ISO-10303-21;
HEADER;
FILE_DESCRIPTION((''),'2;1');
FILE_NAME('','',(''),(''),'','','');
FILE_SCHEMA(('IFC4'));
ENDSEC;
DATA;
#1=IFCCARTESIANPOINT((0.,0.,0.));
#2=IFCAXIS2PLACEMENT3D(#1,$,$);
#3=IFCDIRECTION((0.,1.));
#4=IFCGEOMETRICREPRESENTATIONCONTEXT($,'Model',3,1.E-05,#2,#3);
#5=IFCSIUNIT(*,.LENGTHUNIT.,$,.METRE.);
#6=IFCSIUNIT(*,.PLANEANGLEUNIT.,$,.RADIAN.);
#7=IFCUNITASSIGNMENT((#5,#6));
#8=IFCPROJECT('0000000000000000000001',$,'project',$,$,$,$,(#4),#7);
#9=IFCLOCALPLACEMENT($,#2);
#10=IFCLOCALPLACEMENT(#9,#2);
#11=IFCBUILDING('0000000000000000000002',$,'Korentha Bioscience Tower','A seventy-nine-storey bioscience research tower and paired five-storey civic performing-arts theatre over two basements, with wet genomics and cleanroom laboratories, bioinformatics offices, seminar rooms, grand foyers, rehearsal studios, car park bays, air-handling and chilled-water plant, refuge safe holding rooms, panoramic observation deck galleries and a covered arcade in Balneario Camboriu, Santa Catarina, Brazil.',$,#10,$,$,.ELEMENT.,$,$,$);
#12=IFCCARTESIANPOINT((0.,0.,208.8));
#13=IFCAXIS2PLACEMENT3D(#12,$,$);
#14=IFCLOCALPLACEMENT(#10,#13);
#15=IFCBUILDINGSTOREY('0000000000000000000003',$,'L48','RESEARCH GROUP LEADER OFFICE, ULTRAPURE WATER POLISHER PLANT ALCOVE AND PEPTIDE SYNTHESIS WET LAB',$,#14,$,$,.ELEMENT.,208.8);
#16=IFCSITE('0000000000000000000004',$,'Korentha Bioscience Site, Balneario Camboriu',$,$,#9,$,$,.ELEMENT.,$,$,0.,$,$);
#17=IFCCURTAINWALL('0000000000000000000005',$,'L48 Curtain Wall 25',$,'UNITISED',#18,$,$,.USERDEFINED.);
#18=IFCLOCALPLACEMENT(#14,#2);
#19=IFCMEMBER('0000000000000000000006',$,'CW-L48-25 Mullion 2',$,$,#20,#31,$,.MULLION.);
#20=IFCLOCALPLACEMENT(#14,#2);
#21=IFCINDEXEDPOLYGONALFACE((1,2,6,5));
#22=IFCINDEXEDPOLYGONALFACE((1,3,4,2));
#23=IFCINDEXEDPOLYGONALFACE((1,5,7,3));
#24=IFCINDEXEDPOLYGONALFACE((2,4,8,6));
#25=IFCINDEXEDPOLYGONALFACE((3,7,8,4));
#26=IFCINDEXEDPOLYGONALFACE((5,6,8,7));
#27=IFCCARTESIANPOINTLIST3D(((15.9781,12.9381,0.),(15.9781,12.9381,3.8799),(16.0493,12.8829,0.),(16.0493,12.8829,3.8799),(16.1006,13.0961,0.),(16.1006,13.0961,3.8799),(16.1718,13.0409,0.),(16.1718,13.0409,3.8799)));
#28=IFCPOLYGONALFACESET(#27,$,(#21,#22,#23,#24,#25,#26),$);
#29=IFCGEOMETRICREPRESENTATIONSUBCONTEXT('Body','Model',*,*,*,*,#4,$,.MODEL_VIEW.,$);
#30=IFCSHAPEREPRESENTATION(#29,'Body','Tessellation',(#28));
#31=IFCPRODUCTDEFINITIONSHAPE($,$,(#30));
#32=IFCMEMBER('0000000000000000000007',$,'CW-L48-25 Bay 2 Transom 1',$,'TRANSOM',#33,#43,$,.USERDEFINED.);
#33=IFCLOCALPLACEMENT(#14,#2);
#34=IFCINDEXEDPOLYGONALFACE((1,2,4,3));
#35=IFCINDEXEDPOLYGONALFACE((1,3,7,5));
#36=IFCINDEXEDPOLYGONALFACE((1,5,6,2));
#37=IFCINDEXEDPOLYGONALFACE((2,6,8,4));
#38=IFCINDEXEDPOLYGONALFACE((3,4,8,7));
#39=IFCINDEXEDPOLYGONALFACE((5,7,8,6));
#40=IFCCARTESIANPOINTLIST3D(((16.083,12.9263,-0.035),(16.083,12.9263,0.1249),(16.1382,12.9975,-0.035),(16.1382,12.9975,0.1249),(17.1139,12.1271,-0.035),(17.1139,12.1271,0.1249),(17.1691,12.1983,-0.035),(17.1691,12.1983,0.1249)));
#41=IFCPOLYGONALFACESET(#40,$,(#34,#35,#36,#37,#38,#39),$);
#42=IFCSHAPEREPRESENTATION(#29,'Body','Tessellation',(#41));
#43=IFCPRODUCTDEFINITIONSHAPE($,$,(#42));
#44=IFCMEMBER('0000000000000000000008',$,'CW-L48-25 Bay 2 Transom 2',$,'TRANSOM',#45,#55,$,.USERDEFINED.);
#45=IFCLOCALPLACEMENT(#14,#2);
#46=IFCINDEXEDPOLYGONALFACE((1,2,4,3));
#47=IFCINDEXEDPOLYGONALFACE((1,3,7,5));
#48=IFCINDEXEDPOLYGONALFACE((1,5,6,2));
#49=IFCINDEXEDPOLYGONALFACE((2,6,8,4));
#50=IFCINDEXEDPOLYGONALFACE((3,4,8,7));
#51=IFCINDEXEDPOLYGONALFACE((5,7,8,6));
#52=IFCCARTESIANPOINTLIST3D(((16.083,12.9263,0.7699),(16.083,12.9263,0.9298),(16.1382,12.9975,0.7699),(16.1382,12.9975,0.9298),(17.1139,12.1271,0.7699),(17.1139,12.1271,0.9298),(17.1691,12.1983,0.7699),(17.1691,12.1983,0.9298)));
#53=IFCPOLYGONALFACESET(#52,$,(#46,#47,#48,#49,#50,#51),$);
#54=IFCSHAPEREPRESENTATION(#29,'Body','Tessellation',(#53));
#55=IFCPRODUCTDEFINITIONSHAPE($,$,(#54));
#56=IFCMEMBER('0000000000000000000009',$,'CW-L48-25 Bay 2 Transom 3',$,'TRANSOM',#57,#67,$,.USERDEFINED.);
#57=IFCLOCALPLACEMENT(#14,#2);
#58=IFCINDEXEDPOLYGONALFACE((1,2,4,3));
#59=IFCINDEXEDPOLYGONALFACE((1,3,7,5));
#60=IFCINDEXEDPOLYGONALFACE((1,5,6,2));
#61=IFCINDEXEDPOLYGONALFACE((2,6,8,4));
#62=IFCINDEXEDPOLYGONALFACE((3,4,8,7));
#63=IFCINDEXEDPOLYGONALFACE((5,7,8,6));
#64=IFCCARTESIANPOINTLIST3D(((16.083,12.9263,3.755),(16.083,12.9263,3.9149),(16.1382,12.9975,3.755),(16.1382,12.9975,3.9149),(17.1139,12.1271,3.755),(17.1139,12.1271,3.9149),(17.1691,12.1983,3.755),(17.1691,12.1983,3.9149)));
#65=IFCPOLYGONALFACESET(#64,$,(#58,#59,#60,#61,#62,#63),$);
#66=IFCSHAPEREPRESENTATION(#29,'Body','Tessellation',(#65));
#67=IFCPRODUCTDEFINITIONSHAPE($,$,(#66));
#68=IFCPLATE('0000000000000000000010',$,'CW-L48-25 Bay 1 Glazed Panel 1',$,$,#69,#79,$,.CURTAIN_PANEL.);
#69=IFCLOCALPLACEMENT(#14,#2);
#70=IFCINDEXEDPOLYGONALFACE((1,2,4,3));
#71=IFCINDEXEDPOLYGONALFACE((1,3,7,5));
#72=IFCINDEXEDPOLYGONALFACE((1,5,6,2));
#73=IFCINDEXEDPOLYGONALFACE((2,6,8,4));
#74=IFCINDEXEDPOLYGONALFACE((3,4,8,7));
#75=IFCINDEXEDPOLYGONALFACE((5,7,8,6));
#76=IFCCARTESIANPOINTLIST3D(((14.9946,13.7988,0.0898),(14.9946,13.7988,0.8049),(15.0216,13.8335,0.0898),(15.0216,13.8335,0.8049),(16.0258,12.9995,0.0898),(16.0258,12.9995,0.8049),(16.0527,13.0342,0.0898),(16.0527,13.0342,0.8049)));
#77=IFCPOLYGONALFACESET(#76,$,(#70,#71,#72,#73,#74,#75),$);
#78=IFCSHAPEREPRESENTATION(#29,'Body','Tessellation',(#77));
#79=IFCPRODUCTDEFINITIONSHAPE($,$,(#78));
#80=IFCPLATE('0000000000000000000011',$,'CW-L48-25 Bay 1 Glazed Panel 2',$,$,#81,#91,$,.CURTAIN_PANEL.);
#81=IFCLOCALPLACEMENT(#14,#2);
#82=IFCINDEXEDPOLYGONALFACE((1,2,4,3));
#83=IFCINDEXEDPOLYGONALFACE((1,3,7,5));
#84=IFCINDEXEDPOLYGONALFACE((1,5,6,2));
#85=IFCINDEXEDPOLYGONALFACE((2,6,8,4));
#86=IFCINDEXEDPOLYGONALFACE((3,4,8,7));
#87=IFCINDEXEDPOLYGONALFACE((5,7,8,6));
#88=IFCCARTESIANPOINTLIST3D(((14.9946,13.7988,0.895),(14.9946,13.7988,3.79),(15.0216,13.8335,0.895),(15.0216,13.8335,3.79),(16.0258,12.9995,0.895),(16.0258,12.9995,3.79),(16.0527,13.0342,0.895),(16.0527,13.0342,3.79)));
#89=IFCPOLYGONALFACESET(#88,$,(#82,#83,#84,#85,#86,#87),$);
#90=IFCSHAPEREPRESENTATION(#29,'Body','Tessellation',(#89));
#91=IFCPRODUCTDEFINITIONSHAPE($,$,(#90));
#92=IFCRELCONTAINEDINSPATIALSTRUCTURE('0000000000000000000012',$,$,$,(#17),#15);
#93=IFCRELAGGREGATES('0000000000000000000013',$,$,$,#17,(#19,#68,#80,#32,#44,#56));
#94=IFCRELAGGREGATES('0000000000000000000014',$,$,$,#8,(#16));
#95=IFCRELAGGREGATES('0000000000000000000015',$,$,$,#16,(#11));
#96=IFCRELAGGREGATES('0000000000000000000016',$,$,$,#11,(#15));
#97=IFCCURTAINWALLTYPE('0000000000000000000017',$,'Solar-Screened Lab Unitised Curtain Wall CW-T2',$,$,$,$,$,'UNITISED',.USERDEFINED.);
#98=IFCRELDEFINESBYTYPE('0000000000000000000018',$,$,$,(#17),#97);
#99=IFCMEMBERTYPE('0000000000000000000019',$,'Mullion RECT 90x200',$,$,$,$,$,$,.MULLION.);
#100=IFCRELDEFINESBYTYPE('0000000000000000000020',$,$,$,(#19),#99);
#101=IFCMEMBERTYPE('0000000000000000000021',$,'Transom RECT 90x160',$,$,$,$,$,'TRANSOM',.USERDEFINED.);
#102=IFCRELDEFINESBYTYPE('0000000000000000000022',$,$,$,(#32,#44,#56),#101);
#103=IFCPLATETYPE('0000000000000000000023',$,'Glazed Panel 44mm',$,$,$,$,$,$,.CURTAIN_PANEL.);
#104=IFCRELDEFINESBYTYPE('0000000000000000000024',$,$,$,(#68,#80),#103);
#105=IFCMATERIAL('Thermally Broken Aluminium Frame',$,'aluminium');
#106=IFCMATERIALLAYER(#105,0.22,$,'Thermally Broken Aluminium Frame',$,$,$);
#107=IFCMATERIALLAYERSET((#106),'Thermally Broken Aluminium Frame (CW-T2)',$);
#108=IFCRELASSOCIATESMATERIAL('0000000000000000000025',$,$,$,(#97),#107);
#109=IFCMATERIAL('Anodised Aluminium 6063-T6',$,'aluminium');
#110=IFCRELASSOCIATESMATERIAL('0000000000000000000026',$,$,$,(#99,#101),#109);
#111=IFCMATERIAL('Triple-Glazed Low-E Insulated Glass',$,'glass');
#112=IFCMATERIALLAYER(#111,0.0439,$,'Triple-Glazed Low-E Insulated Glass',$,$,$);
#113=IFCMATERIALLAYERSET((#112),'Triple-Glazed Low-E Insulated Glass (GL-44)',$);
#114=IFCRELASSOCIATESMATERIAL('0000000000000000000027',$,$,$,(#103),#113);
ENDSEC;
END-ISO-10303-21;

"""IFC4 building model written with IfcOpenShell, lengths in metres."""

from ifc_helpers import new_model, si_unit, direction, frame, origin, origin_2d, place, context, subcontext, project, spatial, rectangle, extrude, material, layer, layer_set, material_profile, profile_set, type_object, element, aggregate, save


model = new_model("IFC4")

# Units and contexts
model_context = context("Model", 3, precision=1e-05, world=origin(), true_north=direction((0.0, 1.0)))
body_context = subcontext(model_context, "Body", "Model", "MODEL_VIEW")
ifc_project = project(units=[si_unit("LENGTHUNIT", "METRE"), si_unit("PLANEANGLEUNIT", "RADIAN")], contexts=[model_context])

# Site, building, storey
site_placement = place(None, origin())
site = spatial("IfcSite", under=ifc_project, at=site_placement, Name="Korentha Bioscience Site, Balneario Camboriu", CompositionType="ELEMENT", RefElevation=0.0)
building_placement = place(site_placement, origin())
building = spatial("IfcBuilding", under=site, at=building_placement, Name="Korentha Bioscience Tower", Description="A seventy-nine-storey bioscience research tower and paired five-storey civic performing-arts theatre over two basements, with wet genomics and cleanroom laboratories, bioinformatics offices, seminar rooms, grand foyers, rehearsal studios, car park bays, air-handling and chilled-water plant, refuge safe holding rooms, panoramic observation deck galleries and a covered arcade in Balneario Camboriu, Santa Catarina, Brazil.", CompositionType="ELEMENT")
storey_placement = place(building_placement, frame((0.0, 0.0, 208.8)))
storey = spatial("IfcBuildingStorey", under=building, at=storey_placement, Name="L48", Description="RESEARCH GROUP LEADER OFFICE, ULTRAPURE WATER POLISHER PLANT ALCOVE AND PEPTIDE SYNTHESIS WET LAB", CompositionType="ELEMENT", Elevation=208.8)

# Curtain wall, members, plates
ifc_material_1 = material(Name="Thermally Broken Aluminium Frame", Category="aluminium")
ifc_layer_1 = layer(ifc_material_1, 0.22, Name="Thermally Broken Aluminium Frame")
ifc_layer_set_1 = layer_set([ifc_layer_1], Name="Thermally Broken Aluminium Frame (CW-T2)")
curtain_wall_type = type_object("IfcCurtainWallType", Name="Solar-Screened Lab Unitised Curtain Wall CW-T2", ElementType="UNITISED", PredefinedType="USERDEFINED", material=ifc_layer_set_1)
curtain_wall_placement = place(storey_placement, origin())
curtain_wall = element("IfcCurtainWall", 1, at=curtain_wall_placement, inside=storey, type_object=curtain_wall_type, Name="L48 Curtain Wall 25", ObjectType="UNITISED", PredefinedType="USERDEFINED")
ifc_material_2 = material(Name="Anodised Aluminium 6063-T6", Category="aluminium")
ifc_material_profile_1 = material_profile(ifc_material_2, rectangle(XDim=0.0901, YDim=0.2, at=origin_2d()), Name="Anodised Aluminium 6063-T6")
ifc_profile_set_1 = profile_set([ifc_material_profile_1], Name="Anodised Aluminium 6063-T6 (CW-MUL)")
member_type_1 = type_object("IfcMemberType", Name="Mullion RECT 90x200", PredefinedType="MULLION", material=ifc_profile_set_1)
member_1_placement = place(storey_placement, frame((16.075, 12.9895, 0.0), z_axis=(0.0, 0.0, 1.0), x_axis=(0.790346, -0.612661, 0.0)))
member_1 = element("IfcMember", 2, at=member_1_placement, type_object=member_type_1, Name="CW-L48-25 Mullion 2", PredefinedType="MULLION", context=body_context, shape_type="SweptSolid", body=[
    extrude(rectangle(XDim=0.0901, YDim=0.2, at=origin_2d()), origin(), (0.0, 0.0, 1.0), 3.8799),
])
ifc_material_profile_2 = material_profile(ifc_material_2, rectangle(XDim=0.0901, YDim=0.1599, at=origin_2d()), Name="Anodised Aluminium 6063-T6")
ifc_profile_set_2 = profile_set([ifc_material_profile_2], Name="Anodised Aluminium 6063-T6 (CW-TRN)")
member_type_2 = type_object("IfcMemberType", Name="Transom RECT 90x160", ElementType="TRANSOM", PredefinedType="USERDEFINED", material=ifc_profile_set_2)
member_2_placement = place(storey_placement, frame((16.1106, 12.9619, 0.0449), z_axis=(0.790309, -0.612709, 0.0), x_axis=(0.612709, 0.790309, 0.0)))
member_2 = element("IfcMember", 3, at=member_2_placement, type_object=member_type_2, Name="CW-L48-25 Bay 2 Transom 1", ObjectType="TRANSOM", PredefinedType="USERDEFINED", context=body_context, shape_type="SweptSolid", body=[
    extrude(rectangle(XDim=0.0901, YDim=0.1599, at=origin_2d()), origin(), (0.0, 0.0, 1.0), 1.3044),
])
member_3_placement = place(storey_placement, frame((16.1106, 12.9619, 0.8499), z_axis=(0.790309, -0.612709, 0.0), x_axis=(0.612709, 0.790309, 0.0)))
member_3 = element("IfcMember", 4, at=member_3_placement, type_object=member_type_2, Name="CW-L48-25 Bay 2 Transom 2", ObjectType="TRANSOM", PredefinedType="USERDEFINED", context=body_context, shape_type="SweptSolid", body=[
    extrude(rectangle(XDim=0.0901, YDim=0.1599, at=origin_2d()), origin(), (0.0, 0.0, 1.0), 1.3044),
])
member_4_placement = place(storey_placement, frame((16.1106, 12.9619, 3.835), z_axis=(0.790309, -0.612709, 0.0), x_axis=(0.612709, 0.790309, 0.0)))
member_4 = element("IfcMember", 5, at=member_4_placement, type_object=member_type_2, Name="CW-L48-25 Bay 2 Transom 3", ObjectType="TRANSOM", PredefinedType="USERDEFINED", context=body_context, shape_type="SweptSolid", body=[
    extrude(rectangle(XDim=0.0901, YDim=0.1599, at=origin_2d()), origin(), (0.0, 0.0, 1.0), 1.3044),
])
ifc_material_3 = material(Name="Triple-Glazed Low-E Insulated Glass", Category="glass")
ifc_layer_2 = layer(ifc_material_3, 0.0439, Name="Triple-Glazed Low-E Insulated Glass")
ifc_layer_set_2 = layer_set([ifc_layer_2], Name="Triple-Glazed Low-E Insulated Glass (GL-44)")
plate_type = type_object("IfcPlateType", Name="Glazed Panel 44mm", PredefinedType="CURTAIN_PANEL", material=ifc_layer_set_2)
plate_1_placement = place(storey_placement, frame((15.5237, 13.4165, 0.0898), z_axis=(0.0, 0.0, 1.0), x_axis=(0.790346, -0.612661, 0.0)))
plate_1 = element("IfcPlate", 6, at=plate_1_placement, type_object=plate_type, Name="CW-L48-25 Bay 1 Glazed Panel 1", PredefinedType="CURTAIN_PANEL", context=body_context, shape_type="SweptSolid", body=[
    extrude(rectangle(XDim=1.3047, YDim=0.0439, at=origin_2d()), origin(), (0.0, 0.0, 1.0), 0.7151),
])
plate_2_placement = place(storey_placement, frame((15.5237, 13.4165, 0.895), z_axis=(0.0, 0.0, 1.0), x_axis=(0.790346, -0.612661, 0.0)))
plate_2 = element("IfcPlate", 7, at=plate_2_placement, type_object=plate_type, Name="CW-L48-25 Bay 1 Glazed Panel 2", PredefinedType="CURTAIN_PANEL", context=body_context, shape_type="SweptSolid", body=[
    extrude(rectangle(XDim=1.3047, YDim=0.0439, at=origin_2d()), origin(), (0.0, 0.0, 1.0), 2.895),
])
aggregate(curtain_wall, [member_1, plate_1, plate_2, member_2, member_3, member_4])

save(model, "model.ifc")
